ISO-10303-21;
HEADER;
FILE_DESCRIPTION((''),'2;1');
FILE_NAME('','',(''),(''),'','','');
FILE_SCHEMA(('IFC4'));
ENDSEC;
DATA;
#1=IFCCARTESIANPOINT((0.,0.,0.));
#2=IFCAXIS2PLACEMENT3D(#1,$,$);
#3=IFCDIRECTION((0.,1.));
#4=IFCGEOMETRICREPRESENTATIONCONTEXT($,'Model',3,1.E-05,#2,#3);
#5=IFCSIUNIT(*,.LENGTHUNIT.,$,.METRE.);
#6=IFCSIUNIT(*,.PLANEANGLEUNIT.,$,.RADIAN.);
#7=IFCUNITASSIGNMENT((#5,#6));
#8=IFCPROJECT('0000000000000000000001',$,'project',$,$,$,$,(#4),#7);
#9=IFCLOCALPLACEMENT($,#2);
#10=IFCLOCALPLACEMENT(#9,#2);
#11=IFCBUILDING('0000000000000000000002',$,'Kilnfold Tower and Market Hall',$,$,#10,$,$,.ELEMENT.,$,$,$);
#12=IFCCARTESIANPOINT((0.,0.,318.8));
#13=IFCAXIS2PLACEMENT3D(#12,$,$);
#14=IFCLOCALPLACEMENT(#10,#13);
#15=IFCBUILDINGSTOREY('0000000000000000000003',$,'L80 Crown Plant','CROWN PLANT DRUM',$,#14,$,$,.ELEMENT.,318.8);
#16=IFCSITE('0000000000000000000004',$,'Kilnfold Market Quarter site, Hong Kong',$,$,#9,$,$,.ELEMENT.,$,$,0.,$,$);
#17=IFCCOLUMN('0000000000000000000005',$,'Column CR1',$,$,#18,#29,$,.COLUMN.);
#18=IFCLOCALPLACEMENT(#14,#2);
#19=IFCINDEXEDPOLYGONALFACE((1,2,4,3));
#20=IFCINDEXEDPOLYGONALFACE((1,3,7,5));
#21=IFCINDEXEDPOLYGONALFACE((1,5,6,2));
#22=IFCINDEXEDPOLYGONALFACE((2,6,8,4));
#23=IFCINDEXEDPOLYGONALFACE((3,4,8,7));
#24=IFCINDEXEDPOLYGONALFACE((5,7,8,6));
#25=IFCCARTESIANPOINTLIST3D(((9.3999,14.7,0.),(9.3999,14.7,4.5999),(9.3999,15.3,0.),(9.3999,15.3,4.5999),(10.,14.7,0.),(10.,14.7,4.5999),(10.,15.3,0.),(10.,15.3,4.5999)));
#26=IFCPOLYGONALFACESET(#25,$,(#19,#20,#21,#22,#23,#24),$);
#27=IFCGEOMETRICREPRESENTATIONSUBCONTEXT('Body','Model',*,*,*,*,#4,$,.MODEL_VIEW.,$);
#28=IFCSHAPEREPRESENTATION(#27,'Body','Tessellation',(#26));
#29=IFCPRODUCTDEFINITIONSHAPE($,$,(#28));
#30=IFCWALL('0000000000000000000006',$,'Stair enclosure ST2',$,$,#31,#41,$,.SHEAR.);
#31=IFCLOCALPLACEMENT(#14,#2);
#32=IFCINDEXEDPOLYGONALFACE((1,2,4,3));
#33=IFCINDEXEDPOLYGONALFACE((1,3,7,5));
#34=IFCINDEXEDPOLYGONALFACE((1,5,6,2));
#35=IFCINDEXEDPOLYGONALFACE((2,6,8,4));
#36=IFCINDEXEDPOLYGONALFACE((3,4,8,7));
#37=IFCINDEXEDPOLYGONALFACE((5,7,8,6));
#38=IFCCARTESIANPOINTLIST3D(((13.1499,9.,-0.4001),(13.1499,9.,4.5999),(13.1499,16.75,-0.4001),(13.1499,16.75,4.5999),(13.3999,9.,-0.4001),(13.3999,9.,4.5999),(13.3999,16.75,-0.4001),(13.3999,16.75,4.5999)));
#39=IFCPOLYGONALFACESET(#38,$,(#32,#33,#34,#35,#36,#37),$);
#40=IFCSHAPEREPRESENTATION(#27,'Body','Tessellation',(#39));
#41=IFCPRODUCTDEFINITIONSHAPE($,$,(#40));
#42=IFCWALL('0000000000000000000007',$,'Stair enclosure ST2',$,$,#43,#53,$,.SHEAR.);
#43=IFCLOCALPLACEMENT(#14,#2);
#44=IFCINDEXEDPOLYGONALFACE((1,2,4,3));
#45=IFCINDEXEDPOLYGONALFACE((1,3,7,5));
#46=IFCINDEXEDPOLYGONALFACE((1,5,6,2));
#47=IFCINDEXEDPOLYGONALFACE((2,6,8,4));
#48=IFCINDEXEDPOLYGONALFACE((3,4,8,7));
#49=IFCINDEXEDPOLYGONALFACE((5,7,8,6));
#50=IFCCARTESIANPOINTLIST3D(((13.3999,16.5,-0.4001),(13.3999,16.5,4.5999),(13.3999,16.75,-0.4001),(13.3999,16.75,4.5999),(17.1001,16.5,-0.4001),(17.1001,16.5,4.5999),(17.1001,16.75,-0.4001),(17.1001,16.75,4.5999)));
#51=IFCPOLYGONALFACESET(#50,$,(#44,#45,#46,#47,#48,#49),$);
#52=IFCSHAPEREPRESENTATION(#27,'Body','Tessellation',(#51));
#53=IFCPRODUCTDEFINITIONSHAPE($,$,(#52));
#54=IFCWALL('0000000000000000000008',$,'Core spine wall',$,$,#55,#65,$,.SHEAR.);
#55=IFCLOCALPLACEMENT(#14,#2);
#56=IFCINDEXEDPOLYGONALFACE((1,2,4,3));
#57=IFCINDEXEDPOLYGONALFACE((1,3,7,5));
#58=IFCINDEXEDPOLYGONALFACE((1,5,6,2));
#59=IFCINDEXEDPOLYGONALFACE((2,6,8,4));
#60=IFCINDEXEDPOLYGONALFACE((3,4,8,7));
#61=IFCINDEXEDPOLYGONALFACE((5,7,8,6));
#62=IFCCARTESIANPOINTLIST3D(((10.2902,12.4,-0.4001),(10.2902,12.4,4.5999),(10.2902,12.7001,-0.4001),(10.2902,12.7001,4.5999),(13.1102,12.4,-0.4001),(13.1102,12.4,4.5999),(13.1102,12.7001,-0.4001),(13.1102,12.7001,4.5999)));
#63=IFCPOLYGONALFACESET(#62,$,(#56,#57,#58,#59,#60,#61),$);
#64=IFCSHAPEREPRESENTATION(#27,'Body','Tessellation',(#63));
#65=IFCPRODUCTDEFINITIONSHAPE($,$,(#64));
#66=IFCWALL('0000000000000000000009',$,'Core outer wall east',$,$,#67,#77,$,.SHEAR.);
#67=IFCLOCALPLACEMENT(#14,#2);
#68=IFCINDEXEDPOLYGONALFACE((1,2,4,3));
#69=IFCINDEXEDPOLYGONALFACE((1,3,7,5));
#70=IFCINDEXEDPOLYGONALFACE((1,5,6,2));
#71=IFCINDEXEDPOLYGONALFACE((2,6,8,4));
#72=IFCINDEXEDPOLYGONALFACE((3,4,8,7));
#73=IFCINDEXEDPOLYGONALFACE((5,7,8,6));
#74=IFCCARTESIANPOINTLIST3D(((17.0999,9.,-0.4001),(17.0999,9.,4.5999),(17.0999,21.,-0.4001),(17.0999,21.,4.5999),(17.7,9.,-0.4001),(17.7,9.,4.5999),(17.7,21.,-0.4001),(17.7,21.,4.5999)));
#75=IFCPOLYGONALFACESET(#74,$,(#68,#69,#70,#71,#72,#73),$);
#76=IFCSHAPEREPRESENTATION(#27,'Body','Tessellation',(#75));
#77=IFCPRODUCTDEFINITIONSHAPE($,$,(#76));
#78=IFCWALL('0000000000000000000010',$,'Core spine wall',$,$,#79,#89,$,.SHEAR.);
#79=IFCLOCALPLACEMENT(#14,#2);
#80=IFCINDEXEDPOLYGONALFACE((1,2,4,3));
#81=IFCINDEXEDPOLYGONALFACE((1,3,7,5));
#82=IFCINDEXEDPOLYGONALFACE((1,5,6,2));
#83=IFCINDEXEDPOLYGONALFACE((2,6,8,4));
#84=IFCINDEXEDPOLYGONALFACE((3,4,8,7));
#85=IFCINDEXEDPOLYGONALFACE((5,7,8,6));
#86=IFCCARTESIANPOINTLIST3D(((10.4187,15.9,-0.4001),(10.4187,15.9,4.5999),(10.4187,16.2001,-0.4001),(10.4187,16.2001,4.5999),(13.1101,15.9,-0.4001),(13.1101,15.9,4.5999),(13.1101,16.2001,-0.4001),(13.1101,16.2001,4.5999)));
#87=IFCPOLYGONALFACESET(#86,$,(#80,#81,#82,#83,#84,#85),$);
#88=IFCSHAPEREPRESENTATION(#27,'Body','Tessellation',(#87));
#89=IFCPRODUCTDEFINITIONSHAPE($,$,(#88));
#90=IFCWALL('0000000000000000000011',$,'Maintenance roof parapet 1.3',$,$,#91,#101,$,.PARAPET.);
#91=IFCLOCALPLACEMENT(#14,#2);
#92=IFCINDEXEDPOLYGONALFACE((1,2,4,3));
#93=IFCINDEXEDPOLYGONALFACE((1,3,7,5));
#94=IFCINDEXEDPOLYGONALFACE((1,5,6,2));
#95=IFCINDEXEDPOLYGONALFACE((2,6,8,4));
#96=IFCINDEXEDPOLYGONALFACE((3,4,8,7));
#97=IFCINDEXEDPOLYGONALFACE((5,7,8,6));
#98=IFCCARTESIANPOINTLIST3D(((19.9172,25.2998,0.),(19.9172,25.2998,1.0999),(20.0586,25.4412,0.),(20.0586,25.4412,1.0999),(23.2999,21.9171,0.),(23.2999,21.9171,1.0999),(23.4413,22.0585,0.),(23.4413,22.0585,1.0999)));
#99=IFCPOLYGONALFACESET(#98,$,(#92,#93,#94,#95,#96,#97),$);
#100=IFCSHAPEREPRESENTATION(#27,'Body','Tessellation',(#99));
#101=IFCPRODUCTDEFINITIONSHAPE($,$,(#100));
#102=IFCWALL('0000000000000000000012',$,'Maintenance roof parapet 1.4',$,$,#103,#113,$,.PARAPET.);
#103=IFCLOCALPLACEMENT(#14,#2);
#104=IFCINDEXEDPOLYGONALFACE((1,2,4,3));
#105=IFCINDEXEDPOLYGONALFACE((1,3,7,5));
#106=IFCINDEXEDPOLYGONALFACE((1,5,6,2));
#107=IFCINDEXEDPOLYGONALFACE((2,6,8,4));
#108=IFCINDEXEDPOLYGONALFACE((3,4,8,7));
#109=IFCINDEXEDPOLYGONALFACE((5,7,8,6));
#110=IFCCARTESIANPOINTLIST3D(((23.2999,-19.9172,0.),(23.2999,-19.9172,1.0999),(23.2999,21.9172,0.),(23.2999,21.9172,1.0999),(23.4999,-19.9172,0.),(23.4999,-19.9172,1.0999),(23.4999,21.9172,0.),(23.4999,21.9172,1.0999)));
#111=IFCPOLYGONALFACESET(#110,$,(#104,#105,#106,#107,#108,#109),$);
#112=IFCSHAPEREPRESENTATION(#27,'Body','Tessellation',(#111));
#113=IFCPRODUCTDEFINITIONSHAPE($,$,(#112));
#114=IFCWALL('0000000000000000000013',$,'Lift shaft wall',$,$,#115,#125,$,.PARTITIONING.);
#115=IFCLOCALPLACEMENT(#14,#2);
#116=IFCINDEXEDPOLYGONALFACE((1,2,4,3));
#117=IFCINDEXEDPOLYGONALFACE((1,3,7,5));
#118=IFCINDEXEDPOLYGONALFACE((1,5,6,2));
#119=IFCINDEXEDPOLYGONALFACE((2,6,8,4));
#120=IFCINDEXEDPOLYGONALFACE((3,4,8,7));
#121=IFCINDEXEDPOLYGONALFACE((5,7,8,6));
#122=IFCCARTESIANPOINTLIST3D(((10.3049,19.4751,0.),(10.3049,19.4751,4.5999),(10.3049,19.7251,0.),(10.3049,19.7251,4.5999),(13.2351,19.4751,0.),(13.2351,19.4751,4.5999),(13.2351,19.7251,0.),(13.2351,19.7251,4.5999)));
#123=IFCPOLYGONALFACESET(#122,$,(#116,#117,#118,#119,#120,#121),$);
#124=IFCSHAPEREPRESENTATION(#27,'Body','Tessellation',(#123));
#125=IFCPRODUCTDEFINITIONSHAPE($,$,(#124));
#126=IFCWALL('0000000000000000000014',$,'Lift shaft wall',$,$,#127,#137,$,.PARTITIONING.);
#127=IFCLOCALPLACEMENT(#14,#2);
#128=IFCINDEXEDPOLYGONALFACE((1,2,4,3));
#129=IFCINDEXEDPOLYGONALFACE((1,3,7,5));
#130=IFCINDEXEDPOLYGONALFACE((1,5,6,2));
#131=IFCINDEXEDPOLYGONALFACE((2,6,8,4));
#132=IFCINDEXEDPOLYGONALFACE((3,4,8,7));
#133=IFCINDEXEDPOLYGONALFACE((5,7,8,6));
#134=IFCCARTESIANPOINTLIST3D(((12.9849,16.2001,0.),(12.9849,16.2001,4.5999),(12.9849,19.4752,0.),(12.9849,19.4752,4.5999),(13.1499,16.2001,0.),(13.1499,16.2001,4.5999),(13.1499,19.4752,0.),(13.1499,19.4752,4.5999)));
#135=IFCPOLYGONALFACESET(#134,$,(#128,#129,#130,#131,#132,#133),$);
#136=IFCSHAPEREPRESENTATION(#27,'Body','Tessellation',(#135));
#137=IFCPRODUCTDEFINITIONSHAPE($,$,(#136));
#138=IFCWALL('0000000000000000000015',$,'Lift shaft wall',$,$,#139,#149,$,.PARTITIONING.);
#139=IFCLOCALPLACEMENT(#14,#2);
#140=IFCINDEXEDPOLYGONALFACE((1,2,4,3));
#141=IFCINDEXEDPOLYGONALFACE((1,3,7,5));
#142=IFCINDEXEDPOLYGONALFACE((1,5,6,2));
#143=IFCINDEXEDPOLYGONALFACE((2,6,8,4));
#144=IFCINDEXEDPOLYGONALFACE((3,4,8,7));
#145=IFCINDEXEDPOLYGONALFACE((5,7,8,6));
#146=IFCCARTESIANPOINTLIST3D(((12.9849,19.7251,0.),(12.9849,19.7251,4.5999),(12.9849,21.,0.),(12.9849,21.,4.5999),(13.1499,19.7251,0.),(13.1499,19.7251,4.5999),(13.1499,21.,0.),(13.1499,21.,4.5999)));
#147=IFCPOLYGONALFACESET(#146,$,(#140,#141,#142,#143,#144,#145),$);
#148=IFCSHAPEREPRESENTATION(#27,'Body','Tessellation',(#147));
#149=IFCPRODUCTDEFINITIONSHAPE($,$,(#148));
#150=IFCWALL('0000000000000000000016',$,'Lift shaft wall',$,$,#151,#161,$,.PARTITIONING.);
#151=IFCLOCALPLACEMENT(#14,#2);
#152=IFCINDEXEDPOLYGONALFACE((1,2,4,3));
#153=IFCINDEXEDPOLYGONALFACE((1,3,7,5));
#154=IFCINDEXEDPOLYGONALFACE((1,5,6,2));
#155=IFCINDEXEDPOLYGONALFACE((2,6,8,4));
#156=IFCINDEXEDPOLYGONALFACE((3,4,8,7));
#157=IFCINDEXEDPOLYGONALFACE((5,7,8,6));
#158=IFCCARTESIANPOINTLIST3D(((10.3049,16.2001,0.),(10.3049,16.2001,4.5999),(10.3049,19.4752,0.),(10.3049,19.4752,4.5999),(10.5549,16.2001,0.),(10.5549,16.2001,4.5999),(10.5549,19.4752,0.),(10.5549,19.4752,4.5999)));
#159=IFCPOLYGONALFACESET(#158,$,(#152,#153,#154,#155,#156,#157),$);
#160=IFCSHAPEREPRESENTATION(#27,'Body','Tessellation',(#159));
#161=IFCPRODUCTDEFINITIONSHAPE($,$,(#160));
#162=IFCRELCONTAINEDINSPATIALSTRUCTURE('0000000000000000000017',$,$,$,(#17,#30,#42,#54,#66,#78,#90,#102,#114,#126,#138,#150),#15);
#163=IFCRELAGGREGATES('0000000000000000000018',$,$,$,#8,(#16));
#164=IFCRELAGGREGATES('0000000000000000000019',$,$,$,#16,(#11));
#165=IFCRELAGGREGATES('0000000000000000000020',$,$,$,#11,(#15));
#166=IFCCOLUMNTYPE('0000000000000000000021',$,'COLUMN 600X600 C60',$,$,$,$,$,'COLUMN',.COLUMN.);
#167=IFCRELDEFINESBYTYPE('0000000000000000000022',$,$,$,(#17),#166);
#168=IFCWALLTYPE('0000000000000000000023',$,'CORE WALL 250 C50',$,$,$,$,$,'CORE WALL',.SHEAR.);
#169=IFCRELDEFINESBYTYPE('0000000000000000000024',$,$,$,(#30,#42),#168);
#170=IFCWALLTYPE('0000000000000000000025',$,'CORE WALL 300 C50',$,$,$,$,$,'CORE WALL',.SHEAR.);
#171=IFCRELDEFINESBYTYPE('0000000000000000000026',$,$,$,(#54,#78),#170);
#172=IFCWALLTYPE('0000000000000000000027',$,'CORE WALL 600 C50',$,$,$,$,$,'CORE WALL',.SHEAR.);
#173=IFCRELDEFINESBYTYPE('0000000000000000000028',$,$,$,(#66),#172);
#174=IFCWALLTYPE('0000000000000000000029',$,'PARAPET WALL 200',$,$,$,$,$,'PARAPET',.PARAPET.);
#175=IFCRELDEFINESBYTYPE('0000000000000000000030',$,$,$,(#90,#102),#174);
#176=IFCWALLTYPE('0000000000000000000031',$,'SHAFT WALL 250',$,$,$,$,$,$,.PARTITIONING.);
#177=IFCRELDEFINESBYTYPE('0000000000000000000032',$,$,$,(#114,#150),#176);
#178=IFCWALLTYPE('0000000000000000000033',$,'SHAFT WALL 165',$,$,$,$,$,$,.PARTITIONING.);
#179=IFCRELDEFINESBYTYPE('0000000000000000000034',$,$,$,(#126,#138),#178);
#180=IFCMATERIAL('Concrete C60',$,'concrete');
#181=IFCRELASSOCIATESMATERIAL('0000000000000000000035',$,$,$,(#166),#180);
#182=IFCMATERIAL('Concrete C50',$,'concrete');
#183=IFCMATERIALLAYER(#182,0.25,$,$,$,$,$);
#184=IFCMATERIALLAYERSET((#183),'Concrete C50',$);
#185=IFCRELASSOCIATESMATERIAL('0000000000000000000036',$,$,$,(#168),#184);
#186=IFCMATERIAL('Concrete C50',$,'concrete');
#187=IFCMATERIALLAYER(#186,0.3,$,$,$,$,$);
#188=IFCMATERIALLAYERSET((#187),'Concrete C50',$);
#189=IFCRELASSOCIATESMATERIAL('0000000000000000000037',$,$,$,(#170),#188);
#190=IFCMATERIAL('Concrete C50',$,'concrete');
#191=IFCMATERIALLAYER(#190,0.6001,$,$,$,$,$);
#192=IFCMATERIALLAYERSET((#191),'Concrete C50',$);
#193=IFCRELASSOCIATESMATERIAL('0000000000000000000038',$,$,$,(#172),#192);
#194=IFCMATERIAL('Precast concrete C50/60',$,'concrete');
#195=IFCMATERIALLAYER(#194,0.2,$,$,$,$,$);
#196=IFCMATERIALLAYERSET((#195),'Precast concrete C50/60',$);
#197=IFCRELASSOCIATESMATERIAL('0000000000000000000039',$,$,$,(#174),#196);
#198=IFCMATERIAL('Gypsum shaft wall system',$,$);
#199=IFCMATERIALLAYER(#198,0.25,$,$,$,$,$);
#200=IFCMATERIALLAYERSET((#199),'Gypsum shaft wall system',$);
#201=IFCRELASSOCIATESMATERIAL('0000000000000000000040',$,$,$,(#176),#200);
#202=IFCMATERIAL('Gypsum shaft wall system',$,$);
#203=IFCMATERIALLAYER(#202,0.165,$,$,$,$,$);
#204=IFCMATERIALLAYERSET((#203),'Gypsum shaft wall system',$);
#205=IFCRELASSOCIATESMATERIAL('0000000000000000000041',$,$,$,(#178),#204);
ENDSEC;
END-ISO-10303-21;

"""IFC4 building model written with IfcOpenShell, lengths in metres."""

from ifc_helpers import new_model, si_unit, direction, frame, frame_2d, origin, origin_2d, place, context, subcontext, project, spatial, rectangle, extrude, source, transform, mapped, material, layer, layer_set, material_profile, profile_set, type_object, element, save


model = new_model("IFC4")

# Units and contexts
model_context = context("Model", 3, precision=1e-05, world=origin(), true_north=direction((0.0, 1.0)))
body_context = subcontext(model_context, "Body", "Model", "MODEL_VIEW")
ifc_project = project(units=[si_unit("LENGTHUNIT", "METRE"), si_unit("PLANEANGLEUNIT", "RADIAN")], contexts=[model_context])

# Site, building, storey
site_placement = place(None, origin())
site = spatial("IfcSite", under=ifc_project, at=site_placement, Name="Kilnfold Market Quarter site, Hong Kong", CompositionType="ELEMENT", RefElevation=0.0)
building_placement = place(site_placement, origin())
building = spatial("IfcBuilding", under=site, at=building_placement, Name="Kilnfold Tower and Market Hall", CompositionType="ELEMENT")
storey_placement = place(building_placement, frame((0.0, 0.0, 318.8)))
storey = spatial("IfcBuildingStorey", under=building, at=storey_placement, Name="L80 Crown Plant", Description="CROWN PLANT DRUM", CompositionType="ELEMENT", Elevation=318.8)

# Column
ifc_material_1 = material(Name="Concrete C60", Category="concrete")
ifc_material_profile = material_profile(ifc_material_1, rectangle(XDim=0.6001, YDim=0.6001, at=origin_2d()), Name="RC 600x600")
ifc_profile_set = profile_set([ifc_material_profile], Name="Concrete C60")
column_type = type_object("IfcColumnType", Name="COLUMN 600X600 C60", ElementType="COLUMN", PredefinedType="COLUMN", material=ifc_profile_set)
shared_shape_1 = source(origin(), body_context, "Body", "SweptSolid", [
    extrude(rectangle(XDim=0.6001, YDim=0.6001, at=origin_2d()), origin(), (0.0, 0.0, 1.0), 4.5999),
])
column_placement = place(storey_placement, frame((9.7, 15.0, 0.0), z_axis=(0.0, 0.0, 1.0), x_axis=(1.0, 0.0, 0.0)))
element("IfcColumn", 1, at=column_placement, inside=storey, type_object=column_type, Name="Column CR1", PredefinedType="COLUMN", context=body_context, shape_type="MappedRepresentation", body=[
    mapped(shared_shape_1, transform((0.0, 0.0, 0.0))),
])

# Walls
ifc_material_2 = material(Name="Concrete C50", Category="concrete")
ifc_layer_1 = layer(ifc_material_2, 0.25)
ifc_layer_set_1 = layer_set([ifc_layer_1], Name="Concrete C50")
wall_type_1 = type_object("IfcWallType", Name="CORE WALL 250 C50", ElementType="CORE WALL", PredefinedType="SHEAR", material=ifc_layer_set_1)
shared_shape_2 = source(origin(), body_context, "Body", "SweptSolid", [
    extrude(rectangle(XDim=7.75, YDim=0.25, at=frame_2d((3.875, 0.0))), origin(), (0.0, 0.0, 1.0), 5.0),
])
wall_1_placement = place(storey_placement, frame((13.2749, 9.0, -0.4001), z_axis=(0.0, 0.0, 1.0), x_axis=(0.0, 1.0, 0.0)))
element("IfcWall", 2, at=wall_1_placement, inside=storey, type_object=wall_type_1, Name="Stair enclosure ST2", PredefinedType="SHEAR", context=body_context, shape_type="MappedRepresentation", body=[
    mapped(shared_shape_2, transform((0.0, 0.0, 0.0))),
])
shared_shape_3 = source(origin(), body_context, "Body", "SweptSolid", [
    extrude(rectangle(XDim=3.7002, YDim=0.25, at=frame_2d((1.8501, 0.0))), origin(), (0.0, 0.0, 1.0), 5.0),
])
wall_2_placement = place(storey_placement, frame((13.3999, 16.625, -0.4001), z_axis=(0.0, 0.0, 1.0), x_axis=(1.0, 0.0, 0.0)))
element("IfcWall", 3, at=wall_2_placement, inside=storey, type_object=wall_type_1, Name="Stair enclosure ST2", PredefinedType="SHEAR", context=body_context, shape_type="MappedRepresentation", body=[
    mapped(shared_shape_3, transform((0.0, 0.0, 0.0))),
])
ifc_material_3 = material(Name="Concrete C50", Category="concrete")
ifc_layer_2 = layer(ifc_material_3, 0.3)
ifc_layer_set_2 = layer_set([ifc_layer_2], Name="Concrete C50")
wall_type_2 = type_object("IfcWallType", Name="CORE WALL 300 C50", ElementType="CORE WALL", PredefinedType="SHEAR", material=ifc_layer_set_2)
shared_shape_4 = source(origin(), body_context, "Body", "SweptSolid", [
    extrude(rectangle(XDim=2.8201, YDim=0.3, at=frame_2d((1.4102, 0.0))), origin(), (0.0, 0.0, 1.0), 5.0),
])
wall_3_placement = place(storey_placement, frame((10.29, 12.55, -0.4001), z_axis=(0.0, 0.0, 1.0), x_axis=(1.0, 0.0, 0.0)))
element("IfcWall", 4, at=wall_3_placement, inside=storey, type_object=wall_type_2, Name="Core spine wall", PredefinedType="SHEAR", context=body_context, shape_type="MappedRepresentation", body=[
    mapped(shared_shape_4, transform((0.0, 0.0, 0.0))),
])
ifc_material_4 = material(Name="Concrete C50", Category="concrete")
ifc_layer_3 = layer(ifc_material_4, 0.6001)
ifc_layer_set_3 = layer_set([ifc_layer_3], Name="Concrete C50")
wall_type_3 = type_object("IfcWallType", Name="CORE WALL 600 C50", ElementType="CORE WALL", PredefinedType="SHEAR", material=ifc_layer_set_3)
shared_shape_5 = source(origin(), body_context, "Body", "SweptSolid", [
    extrude(rectangle(XDim=12.0, YDim=0.6001, at=frame_2d((6.0, 0.0))), origin(), (0.0, 0.0, 1.0), 5.0),
])
wall_4_placement = place(storey_placement, frame((17.3999, 9.0, -0.4001), z_axis=(0.0, 0.0, 1.0), x_axis=(0.0, 1.0, 0.0)))
element("IfcWall", 5, at=wall_4_placement, inside=storey, type_object=wall_type_3, Name="Core outer wall east", PredefinedType="SHEAR", context=body_context, shape_type="MappedRepresentation", body=[
    mapped(shared_shape_5, transform((0.0, 0.0, 0.0))),
])
shared_shape_6 = source(origin(), body_context, "Body", "SweptSolid", [
    extrude(rectangle(XDim=2.6914, YDim=0.3, at=frame_2d((1.3457, 0.0))), origin(), (0.0, 0.0, 1.0), 5.0),
])
wall_5_placement = place(storey_placement, frame((10.4187, 16.05, -0.4001), z_axis=(0.0, 0.0, 1.0), x_axis=(1.0, 0.0, 0.0)))
element("IfcWall", 6, at=wall_5_placement, inside=storey, type_object=wall_type_2, Name="Core spine wall", PredefinedType="SHEAR", context=body_context, shape_type="MappedRepresentation", body=[
    mapped(shared_shape_6, transform((0.0, 0.0, 0.0))),
])
ifc_material_5 = material(Name="Precast concrete C50/60", Category="concrete")
ifc_layer_4 = layer(ifc_material_5, 0.2)
ifc_layer_set_4 = layer_set([ifc_layer_4], Name="Precast concrete C50/60")
wall_type_4 = type_object("IfcWallType", Name="PARAPET WALL 200", ElementType="PARAPET", PredefinedType="PARAPET", material=ifc_layer_set_4)
shared_shape_7 = source(origin(), body_context, "Body", "SweptSolid", [
    extrude(rectangle(XDim=4.7839, YDim=0.2, at=frame_2d((2.3921, 0.0))), origin(), (0.0, 0.0, 1.0), 1.0999),
])
wall_6_placement = place(storey_placement, frame((19.9878, 25.3706, 0.0), z_axis=(0.0, 0.0, 1.0), x_axis=(0.707107, -0.707107, 0.0)))
element("IfcWall", 7, at=wall_6_placement, inside=storey, type_object=wall_type_4, Name="Maintenance roof parapet 1.3", PredefinedType="PARAPET", context=body_context, shape_type="MappedRepresentation", body=[
    mapped(shared_shape_7, transform((0.0, 0.0, 0.0))),
])
shared_shape_8 = source(origin(), body_context, "Body", "SweptSolid", [
    extrude(rectangle(XDim=41.8345, YDim=0.2, at=frame_2d((20.9172, 0.0))), origin(), (0.0, 0.0, 1.0), 1.0999),
])
wall_7_placement = place(storey_placement, frame((23.3999, 21.9172, 0.0), z_axis=(0.0, 0.0, 1.0), x_axis=(0.0, -1.0, 0.0)))
element("IfcWall", 8, at=wall_7_placement, inside=storey, type_object=wall_type_4, Name="Maintenance roof parapet 1.4", PredefinedType="PARAPET", context=body_context, shape_type="MappedRepresentation", body=[
    mapped(shared_shape_8, transform((0.0, 0.0, 0.0))),
])
ifc_material_6 = material(Name="Gypsum shaft wall system")
ifc_layer_5 = layer(ifc_material_6, 0.25)
ifc_layer_set_5 = layer_set([ifc_layer_5], Name="Gypsum shaft wall system")
wall_type_5 = type_object("IfcWallType", Name="SHAFT WALL 250", PredefinedType="PARTITIONING", material=ifc_layer_set_5)
shared_shape_9 = source(origin(), body_context, "Body", "SweptSolid", [
    extrude(rectangle(XDim=2.9302, YDim=0.25, at=frame_2d((1.4651, 0.0))), origin(), (0.0, 0.0, 1.0), 4.5999),
])
wall_8_placement = place(storey_placement, frame((10.3049, 19.6001, 0.0), z_axis=(0.0, 0.0, 1.0), x_axis=(1.0, 0.0, 0.0)))
element("IfcWall", 9, at=wall_8_placement, inside=storey, type_object=wall_type_5, Name="Lift shaft wall", PredefinedType="PARTITIONING", context=body_context, shape_type="MappedRepresentation", body=[
    mapped(shared_shape_9, transform((0.0, 0.0, 0.0))),
])
ifc_material_7 = material(Name="Gypsum shaft wall system")
ifc_layer_6 = layer(ifc_material_7, 0.165)
ifc_layer_set_6 = layer_set([ifc_layer_6], Name="Gypsum shaft wall system")
wall_type_6 = type_object("IfcWallType", Name="SHAFT WALL 165", PredefinedType="PARTITIONING", material=ifc_layer_set_6)
shared_shape_10 = source(origin(), body_context, "Body", "SweptSolid", [
    extrude(rectangle(XDim=3.2751, YDim=0.165, at=frame_2d((1.6377, 0.0))), origin(), (0.0, 0.0, 1.0), 4.5999),
])
wall_9_placement = place(storey_placement, frame((13.0674, 16.2, 0.0), z_axis=(0.0, 0.0, 1.0), x_axis=(0.0, 1.0, 0.0)))
element("IfcWall", 10, at=wall_9_placement, inside=storey, type_object=wall_type_6, Name="Lift shaft wall", PredefinedType="PARTITIONING", context=body_context, shape_type="MappedRepresentation", body=[
    mapped(shared_shape_10, transform((0.0, 0.0, 0.0))),
])
shared_shape_11 = source(origin(), body_context, "Body", "SweptSolid", [
    extrude(rectangle(XDim=1.2749, YDim=0.165, at=frame_2d((0.6375, 0.0))), origin(), (0.0, 0.0, 1.0), 4.5999),
])
wall_10_placement = place(storey_placement, frame((13.0674, 19.7251, 0.0), z_axis=(0.0, 0.0, 1.0), x_axis=(0.0, 1.0, 0.0)))
element("IfcWall", 11, at=wall_10_placement, inside=storey, type_object=wall_type_6, Name="Lift shaft wall", PredefinedType="PARTITIONING", context=body_context, shape_type="MappedRepresentation", body=[
    mapped(shared_shape_11, transform((0.0, 0.0, 0.0))),
])
shared_shape_12 = source(origin(), body_context, "Body", "SweptSolid", [
    extrude(rectangle(XDim=3.2751, YDim=0.25, at=frame_2d((1.6377, 0.0))), origin(), (0.0, 0.0, 1.0), 4.5999),
])
wall_11_placement = place(storey_placement, frame((10.4299, 16.2, 0.0), z_axis=(0.0, 0.0, 1.0), x_axis=(0.0, 1.0, 0.0)))
element("IfcWall", 12, at=wall_11_placement, inside=storey, type_object=wall_type_5, Name="Lift shaft wall", PredefinedType="PARTITIONING", context=body_context, shape_type="MappedRepresentation", body=[
    mapped(shared_shape_12, transform((0.0, 0.0, 0.0))),
])

save(model, "model.ifc")
